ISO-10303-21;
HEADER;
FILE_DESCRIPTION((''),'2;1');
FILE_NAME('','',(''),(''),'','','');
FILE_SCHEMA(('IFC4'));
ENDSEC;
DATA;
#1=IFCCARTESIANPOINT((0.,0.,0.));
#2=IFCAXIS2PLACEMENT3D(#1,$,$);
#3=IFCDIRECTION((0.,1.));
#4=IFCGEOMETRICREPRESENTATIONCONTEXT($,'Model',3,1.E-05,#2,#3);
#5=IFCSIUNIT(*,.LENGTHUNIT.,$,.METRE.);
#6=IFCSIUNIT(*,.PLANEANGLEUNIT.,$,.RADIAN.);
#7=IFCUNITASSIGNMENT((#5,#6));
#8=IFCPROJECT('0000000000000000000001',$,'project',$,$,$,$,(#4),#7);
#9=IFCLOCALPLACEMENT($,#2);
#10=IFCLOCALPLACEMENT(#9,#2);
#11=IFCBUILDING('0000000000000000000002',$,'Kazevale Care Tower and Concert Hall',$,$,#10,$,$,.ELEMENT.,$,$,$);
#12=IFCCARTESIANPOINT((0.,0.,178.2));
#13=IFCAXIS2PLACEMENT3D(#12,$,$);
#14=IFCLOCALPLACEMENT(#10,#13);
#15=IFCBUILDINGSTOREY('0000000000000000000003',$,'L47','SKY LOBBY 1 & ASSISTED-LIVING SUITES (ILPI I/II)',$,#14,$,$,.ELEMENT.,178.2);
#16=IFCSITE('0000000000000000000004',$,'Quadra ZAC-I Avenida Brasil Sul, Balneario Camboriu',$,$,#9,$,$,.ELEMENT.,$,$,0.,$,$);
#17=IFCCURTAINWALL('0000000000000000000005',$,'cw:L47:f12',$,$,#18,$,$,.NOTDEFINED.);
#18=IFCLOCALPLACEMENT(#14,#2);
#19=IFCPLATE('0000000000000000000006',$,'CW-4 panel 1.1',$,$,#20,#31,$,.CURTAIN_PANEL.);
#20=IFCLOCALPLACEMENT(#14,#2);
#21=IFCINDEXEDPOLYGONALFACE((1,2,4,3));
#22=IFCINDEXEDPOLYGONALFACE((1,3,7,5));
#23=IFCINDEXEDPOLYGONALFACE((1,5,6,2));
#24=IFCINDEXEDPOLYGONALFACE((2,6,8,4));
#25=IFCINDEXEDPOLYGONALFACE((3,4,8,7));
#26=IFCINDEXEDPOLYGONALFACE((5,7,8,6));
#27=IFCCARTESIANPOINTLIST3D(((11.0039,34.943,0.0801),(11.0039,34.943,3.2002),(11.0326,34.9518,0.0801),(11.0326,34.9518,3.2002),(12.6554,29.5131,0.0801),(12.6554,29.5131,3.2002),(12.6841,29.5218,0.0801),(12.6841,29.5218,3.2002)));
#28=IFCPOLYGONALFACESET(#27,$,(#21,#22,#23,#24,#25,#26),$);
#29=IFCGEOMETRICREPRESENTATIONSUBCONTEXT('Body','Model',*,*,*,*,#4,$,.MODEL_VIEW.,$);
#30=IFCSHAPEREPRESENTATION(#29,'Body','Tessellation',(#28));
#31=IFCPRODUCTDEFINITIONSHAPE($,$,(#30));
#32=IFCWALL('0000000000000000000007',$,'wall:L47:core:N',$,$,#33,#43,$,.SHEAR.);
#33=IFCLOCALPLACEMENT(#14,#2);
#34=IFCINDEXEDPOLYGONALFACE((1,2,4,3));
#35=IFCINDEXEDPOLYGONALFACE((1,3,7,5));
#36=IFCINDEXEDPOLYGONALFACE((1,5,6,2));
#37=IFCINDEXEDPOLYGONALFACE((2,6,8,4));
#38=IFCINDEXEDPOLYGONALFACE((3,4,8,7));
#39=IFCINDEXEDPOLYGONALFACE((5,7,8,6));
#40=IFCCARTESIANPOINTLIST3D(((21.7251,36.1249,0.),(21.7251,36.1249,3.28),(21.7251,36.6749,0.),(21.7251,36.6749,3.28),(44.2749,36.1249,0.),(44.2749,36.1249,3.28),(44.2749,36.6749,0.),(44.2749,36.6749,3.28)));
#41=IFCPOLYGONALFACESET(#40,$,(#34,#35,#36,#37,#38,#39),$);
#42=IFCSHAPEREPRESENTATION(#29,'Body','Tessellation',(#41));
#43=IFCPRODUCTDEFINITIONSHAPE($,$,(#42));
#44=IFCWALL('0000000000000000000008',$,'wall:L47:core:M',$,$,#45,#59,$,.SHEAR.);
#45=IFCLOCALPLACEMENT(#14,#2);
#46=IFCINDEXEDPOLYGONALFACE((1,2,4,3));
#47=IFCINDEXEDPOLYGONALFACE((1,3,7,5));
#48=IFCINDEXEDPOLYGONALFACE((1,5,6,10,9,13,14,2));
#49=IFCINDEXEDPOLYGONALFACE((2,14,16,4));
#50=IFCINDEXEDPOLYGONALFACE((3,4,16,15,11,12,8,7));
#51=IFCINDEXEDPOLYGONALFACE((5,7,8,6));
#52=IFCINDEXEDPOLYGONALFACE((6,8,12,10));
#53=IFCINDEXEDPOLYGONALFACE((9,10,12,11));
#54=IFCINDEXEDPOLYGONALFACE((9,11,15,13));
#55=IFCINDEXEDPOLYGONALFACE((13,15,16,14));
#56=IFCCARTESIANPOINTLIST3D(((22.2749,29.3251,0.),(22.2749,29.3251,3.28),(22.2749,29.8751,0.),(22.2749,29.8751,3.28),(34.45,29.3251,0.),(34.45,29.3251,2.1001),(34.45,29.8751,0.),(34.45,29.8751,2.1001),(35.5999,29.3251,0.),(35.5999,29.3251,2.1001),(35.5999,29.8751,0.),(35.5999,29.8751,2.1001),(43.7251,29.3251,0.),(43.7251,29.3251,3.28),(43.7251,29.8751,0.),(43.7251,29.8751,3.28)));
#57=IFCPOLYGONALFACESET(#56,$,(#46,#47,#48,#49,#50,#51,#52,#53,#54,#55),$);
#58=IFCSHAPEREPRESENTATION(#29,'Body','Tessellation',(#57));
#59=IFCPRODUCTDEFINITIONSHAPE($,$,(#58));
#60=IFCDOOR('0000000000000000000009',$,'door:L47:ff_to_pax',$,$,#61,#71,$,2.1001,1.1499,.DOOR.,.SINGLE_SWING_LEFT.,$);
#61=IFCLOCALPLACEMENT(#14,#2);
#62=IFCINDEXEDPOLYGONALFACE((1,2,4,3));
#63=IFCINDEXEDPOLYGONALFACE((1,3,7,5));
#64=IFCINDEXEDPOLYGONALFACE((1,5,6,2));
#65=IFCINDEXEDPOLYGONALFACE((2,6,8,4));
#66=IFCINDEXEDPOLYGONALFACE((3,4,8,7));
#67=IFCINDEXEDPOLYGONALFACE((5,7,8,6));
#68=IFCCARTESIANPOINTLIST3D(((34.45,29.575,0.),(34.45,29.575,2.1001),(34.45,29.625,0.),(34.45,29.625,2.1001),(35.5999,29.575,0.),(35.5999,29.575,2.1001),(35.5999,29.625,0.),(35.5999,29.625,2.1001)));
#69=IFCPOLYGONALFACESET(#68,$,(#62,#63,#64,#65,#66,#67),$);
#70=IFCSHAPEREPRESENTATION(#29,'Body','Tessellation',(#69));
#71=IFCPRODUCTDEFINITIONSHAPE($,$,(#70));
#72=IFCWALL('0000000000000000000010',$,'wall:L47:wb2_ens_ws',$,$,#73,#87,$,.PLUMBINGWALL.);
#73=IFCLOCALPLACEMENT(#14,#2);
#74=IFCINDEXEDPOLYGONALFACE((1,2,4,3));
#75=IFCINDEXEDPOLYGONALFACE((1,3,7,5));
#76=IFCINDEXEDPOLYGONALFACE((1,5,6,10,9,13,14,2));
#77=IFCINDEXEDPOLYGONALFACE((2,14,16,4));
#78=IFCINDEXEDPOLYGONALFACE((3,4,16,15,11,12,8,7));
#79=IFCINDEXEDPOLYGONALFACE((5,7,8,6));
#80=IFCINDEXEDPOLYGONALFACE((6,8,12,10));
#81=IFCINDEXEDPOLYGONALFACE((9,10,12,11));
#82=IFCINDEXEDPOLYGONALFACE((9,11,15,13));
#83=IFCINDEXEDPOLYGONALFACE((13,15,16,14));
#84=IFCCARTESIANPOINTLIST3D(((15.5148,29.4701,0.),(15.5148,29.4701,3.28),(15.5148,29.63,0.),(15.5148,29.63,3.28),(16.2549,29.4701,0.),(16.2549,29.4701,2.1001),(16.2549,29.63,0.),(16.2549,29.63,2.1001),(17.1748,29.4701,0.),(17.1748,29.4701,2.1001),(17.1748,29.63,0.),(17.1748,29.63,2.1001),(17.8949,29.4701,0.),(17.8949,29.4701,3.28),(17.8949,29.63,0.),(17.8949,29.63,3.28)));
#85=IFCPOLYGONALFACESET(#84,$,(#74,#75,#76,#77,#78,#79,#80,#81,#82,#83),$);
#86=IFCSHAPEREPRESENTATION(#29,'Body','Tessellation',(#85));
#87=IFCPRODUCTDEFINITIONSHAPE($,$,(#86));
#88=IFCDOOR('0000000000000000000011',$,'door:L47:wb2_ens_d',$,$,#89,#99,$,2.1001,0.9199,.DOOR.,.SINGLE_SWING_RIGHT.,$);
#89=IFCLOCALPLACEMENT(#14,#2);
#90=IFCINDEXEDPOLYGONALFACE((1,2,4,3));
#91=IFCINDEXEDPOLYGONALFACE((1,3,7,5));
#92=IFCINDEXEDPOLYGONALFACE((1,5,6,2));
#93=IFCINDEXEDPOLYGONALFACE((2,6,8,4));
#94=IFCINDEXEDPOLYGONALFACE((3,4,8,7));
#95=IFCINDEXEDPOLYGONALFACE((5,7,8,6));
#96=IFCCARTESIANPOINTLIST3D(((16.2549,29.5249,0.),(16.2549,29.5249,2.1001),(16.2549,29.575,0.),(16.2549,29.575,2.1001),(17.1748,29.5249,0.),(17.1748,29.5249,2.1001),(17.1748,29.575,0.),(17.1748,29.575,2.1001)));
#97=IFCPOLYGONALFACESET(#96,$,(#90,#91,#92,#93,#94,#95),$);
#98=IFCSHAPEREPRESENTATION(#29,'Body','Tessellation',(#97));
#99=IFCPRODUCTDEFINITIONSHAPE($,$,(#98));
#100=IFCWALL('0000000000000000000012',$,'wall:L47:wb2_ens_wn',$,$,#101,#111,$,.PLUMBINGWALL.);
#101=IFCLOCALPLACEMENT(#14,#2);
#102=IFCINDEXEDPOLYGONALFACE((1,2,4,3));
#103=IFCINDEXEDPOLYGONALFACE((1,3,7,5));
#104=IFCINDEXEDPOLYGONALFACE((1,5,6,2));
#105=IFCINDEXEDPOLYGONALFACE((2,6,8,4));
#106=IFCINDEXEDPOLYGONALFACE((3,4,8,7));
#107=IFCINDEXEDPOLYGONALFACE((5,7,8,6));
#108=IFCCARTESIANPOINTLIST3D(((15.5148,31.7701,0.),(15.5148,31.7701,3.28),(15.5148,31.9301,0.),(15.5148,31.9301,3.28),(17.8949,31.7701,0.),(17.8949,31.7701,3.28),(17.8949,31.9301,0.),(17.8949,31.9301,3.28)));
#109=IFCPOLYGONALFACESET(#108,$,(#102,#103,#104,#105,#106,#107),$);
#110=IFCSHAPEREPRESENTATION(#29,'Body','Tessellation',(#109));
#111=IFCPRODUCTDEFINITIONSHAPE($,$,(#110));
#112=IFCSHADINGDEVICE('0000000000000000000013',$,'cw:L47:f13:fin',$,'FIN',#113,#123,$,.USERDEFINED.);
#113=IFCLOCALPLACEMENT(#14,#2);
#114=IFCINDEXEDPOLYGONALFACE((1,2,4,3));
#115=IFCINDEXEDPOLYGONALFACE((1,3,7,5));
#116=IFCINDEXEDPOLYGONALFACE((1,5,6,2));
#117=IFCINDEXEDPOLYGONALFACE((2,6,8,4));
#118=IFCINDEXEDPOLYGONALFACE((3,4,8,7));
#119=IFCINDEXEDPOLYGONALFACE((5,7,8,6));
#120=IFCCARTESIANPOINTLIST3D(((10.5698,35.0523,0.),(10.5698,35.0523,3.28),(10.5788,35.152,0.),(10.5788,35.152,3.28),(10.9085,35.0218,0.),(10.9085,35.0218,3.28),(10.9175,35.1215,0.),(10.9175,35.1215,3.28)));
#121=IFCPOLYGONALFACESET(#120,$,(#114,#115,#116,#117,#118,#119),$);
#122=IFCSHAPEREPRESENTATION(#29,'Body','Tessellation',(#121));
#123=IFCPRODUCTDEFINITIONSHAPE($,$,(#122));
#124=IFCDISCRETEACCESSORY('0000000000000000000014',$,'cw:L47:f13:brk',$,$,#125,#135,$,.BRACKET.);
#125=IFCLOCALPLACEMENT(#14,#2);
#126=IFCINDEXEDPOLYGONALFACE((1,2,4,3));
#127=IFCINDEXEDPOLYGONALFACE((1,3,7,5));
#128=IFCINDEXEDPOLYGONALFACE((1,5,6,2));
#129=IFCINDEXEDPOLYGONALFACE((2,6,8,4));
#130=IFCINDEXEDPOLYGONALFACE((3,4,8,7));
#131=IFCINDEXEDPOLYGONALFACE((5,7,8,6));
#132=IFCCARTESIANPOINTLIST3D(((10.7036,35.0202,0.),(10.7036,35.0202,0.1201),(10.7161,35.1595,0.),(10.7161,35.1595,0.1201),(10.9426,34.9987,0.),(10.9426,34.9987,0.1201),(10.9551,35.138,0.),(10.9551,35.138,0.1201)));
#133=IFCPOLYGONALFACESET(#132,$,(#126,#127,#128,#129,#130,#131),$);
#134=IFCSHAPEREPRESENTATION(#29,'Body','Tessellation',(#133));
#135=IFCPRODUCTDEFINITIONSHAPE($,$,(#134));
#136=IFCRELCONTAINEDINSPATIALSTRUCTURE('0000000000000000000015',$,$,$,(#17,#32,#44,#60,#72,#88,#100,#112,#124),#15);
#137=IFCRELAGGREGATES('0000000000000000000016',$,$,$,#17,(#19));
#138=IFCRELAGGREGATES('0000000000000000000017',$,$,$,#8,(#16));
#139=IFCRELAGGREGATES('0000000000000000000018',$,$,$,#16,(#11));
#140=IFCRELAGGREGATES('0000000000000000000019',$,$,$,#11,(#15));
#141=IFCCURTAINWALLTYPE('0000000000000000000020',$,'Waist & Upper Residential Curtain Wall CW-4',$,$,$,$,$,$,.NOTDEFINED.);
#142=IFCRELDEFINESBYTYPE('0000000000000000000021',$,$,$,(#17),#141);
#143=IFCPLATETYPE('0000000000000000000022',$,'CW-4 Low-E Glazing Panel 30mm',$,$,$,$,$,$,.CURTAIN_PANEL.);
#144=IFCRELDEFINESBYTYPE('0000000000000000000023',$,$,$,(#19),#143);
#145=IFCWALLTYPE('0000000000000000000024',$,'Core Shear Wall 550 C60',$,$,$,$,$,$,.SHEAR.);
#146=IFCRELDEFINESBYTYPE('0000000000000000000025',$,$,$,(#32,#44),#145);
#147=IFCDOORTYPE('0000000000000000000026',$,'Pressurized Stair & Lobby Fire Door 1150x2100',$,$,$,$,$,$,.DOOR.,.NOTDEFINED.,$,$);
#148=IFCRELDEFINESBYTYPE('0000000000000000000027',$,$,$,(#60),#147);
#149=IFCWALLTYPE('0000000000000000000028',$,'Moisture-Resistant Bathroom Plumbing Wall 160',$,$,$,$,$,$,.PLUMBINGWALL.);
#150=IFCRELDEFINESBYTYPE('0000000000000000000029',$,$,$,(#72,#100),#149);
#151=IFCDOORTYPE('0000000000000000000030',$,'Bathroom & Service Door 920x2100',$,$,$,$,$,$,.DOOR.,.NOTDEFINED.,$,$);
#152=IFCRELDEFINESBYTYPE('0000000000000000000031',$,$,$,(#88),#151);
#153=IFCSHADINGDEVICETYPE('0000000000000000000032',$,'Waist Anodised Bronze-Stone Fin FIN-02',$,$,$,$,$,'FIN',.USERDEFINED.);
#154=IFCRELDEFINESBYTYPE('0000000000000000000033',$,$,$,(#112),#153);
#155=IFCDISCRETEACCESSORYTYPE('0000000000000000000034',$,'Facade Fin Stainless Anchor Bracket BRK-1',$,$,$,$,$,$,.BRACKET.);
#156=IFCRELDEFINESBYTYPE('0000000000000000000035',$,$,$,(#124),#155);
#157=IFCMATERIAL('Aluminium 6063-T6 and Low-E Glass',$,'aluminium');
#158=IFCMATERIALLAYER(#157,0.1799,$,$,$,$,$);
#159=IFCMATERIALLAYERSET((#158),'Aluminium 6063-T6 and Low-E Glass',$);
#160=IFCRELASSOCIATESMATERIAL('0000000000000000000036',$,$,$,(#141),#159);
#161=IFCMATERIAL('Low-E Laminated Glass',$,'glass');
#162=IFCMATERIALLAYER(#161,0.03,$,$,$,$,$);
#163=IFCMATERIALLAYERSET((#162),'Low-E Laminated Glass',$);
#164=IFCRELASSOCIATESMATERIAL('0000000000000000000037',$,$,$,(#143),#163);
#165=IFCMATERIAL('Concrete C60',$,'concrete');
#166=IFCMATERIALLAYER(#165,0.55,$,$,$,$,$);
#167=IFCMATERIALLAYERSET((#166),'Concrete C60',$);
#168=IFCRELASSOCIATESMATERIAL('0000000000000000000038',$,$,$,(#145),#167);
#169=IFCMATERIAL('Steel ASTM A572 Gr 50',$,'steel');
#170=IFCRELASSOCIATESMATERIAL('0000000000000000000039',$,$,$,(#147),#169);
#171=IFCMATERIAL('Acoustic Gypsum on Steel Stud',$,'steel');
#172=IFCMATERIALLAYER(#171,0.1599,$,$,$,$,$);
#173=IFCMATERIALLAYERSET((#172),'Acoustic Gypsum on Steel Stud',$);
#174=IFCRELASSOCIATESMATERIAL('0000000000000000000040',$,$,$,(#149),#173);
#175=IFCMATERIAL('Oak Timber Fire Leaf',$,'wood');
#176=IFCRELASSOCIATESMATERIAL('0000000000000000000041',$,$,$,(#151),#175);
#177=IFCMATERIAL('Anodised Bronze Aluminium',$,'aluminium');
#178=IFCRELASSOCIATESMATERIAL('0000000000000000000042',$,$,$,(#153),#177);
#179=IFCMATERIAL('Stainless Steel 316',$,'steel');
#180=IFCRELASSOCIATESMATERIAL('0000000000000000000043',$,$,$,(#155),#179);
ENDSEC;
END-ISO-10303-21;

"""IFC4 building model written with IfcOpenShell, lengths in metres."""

from ifc_helpers import new_model, si_unit, direction, frame, frame_2d, origin, origin_2d, place, context, subcontext, project, spatial, rectangle, extrude, material, layer, layer_set, type_object, element, fill, aggregate, save


model = new_model("IFC4")

# Units and contexts
model_context = context("Model", 3, precision=1e-05, world=origin(), true_north=direction((0.0, 1.0)))
body_context = subcontext(model_context, "Body", "Model", "MODEL_VIEW")
ifc_project = project(units=[si_unit("LENGTHUNIT", "METRE"), si_unit("PLANEANGLEUNIT", "RADIAN")], contexts=[model_context])

# Site, building, storey
site_placement = place(None, origin())
site = spatial("IfcSite", under=ifc_project, at=site_placement, Name="Quadra ZAC-I Avenida Brasil Sul, Balneario Camboriu", CompositionType="ELEMENT", RefElevation=0.0)
building_placement = place(site_placement, origin())
building = spatial("IfcBuilding", under=site, at=building_placement, Name="Kazevale Care Tower and Concert Hall", CompositionType="ELEMENT")
storey_placement = place(building_placement, frame((0.0, 0.0, 178.2)))
storey = spatial("IfcBuildingStorey", under=building, at=storey_placement, Name="L47", Description="SKY LOBBY 1 & ASSISTED-LIVING SUITES (ILPI I/II)", CompositionType="ELEMENT", Elevation=178.2)

# Shared definitions
ifc_material_1 = material(Name="Concrete C60", Category="concrete")

# Curtain wall
ifc_material_2 = material(Name="Aluminium 6063-T6 and Low-E Glass", Category="aluminium")
ifc_layer_1 = layer(ifc_material_2, 0.1799)
ifc_layer_set_1 = layer_set([ifc_layer_1], Name="Aluminium 6063-T6 and Low-E Glass")
curtain_wall_type = type_object("IfcCurtainWallType", Name="Waist & Upper Residential Curtain Wall CW-4", PredefinedType="NOTDEFINED", material=ifc_layer_set_1)
curtain_wall_1_placement = place(storey_placement, origin())
curtain_wall_1 = element("IfcCurtainWall", 1, at=curtain_wall_1_placement, inside=storey, type_object=curtain_wall_type, Name="cw:L47:f12", PredefinedType="NOTDEFINED")

# Shared definitions
ifc_material_3 = material(Name="Steel ASTM A572 Gr 50", Category="steel")

# Plate
ifc_material_4 = material(Name="Low-E Laminated Glass", Category="glass")
ifc_layer_2 = layer(ifc_material_4, 0.03)
ifc_layer_set_2 = layer_set([ifc_layer_2], Name="Low-E Laminated Glass")
plate_type = type_object("IfcPlateType", Name="CW-4 Low-E Glazing Panel 30mm", PredefinedType="CURTAIN_PANEL", material=ifc_layer_set_2)
plate_placement = place(storey_placement, frame((11.844, 32.2324, 0.0801), z_axis=(0.0, 0.0, 1.0), x_axis=(-0.290977, 0.95673, 0.0)))
plate = element("IfcPlate", 2, at=plate_placement, type_object=plate_type, Name="CW-4 panel 1.1", PredefinedType="CURTAIN_PANEL", context=body_context, shape_type="SweptSolid", body=[
    extrude(rectangle(XDim=5.6755, YDim=0.03, at=origin_2d()), origin(), (0.0, 0.0, 1.0), 3.1201),
])
aggregate(curtain_wall_1, [plate])

# Wall
ifc_layer_3 = layer(ifc_material_1, 0.55)
ifc_layer_set_3 = layer_set([ifc_layer_3], Name="Concrete C60")
wall_type_1 = type_object("IfcWallType", Name="Core Shear Wall 550 C60", PredefinedType="SHEAR", material=ifc_layer_set_3)
wall_1_placement = place(storey_placement, frame((21.7251, 36.3999, 0.0), z_axis=(0.0, 0.0, 1.0), x_axis=(1.0, 0.0, 0.0)))
element("IfcWall", 3, at=wall_1_placement, inside=storey, type_object=wall_type_1, Name="wall:L47:core:N", PredefinedType="SHEAR", context=body_context, shape_type="SweptSolid", body=[
    extrude(rectangle(XDim=22.5498, YDim=0.55, at=frame_2d((11.2749, 0.0))), origin(), (0.0, 0.0, 1.0), 3.28),
])

# Walls, openings, doors
wall_2_placement = place(storey_placement, frame((22.2749, 29.6001, 0.0), z_axis=(0.0, 0.0, 1.0), x_axis=(1.0, 0.0, 0.0)))
wall_2 = element("IfcWall", 4, at=wall_2_placement, inside=storey, type_object=wall_type_1, Name="wall:L47:core:M", PredefinedType="SHEAR", context=body_context, shape_type="SweptSolid", body=[
    extrude(rectangle(XDim=21.4502, YDim=0.55, at=frame_2d((10.7251, 0.0))), origin(), (0.0, 0.0, 1.0), 3.28),
])
opening_1_placement = place(wall_2_placement, frame((12.175, 0.0, 0.0)))
opening_1 = element("IfcOpeningElement", 5, at=opening_1_placement, cuts=wall_2, PredefinedType="OPENING", context=body_context, shape_type="SweptSolid", body=[
    extrude(rectangle(XDim=1.1499, YDim=2.1001, at=frame_2d((0.575, 1.05))), frame((0.0, 0.2849, 0.0), z_axis=(0.0, -1.0, 0.0), x_axis=(1.0, 0.0, 0.0)), (0.0, 0.0, 1.0), 0.5701),
])
door_type_1 = type_object("IfcDoorType", Name="Pressurized Stair & Lobby Fire Door 1150x2100", OperationType="NOTDEFINED", PredefinedType="DOOR", material=ifc_material_3)
door_1_placement = place(opening_1_placement, origin())
door_1 = element("IfcDoor", 6, at=door_1_placement, inside=storey, type_object=door_type_1, Name="door:L47:ff_to_pax", OperationType="SINGLE_SWING_LEFT", OverallHeight=2.1001, OverallWidth=1.1499, PredefinedType="DOOR", context=body_context, shape_type="SweptSolid", body=[
    extrude(rectangle(XDim=1.1499, YDim=2.1001, at=frame_2d((0.575, 1.05))), frame((0.0, 0.0249, 0.0), z_axis=(0.0, -1.0, 0.0), x_axis=(1.0, 0.0, 0.0)), (0.0, 0.0, 1.0), 0.05),
])
fill(opening_1, door_1)
ifc_material_5 = material(Name="Acoustic Gypsum on Steel Stud", Category="steel")
ifc_layer_4 = layer(ifc_material_5, 0.1599)
ifc_layer_set_4 = layer_set([ifc_layer_4], Name="Acoustic Gypsum on Steel Stud")
wall_type_2 = type_object("IfcWallType", Name="Moisture-Resistant Bathroom Plumbing Wall 160", PredefinedType="PLUMBINGWALL", material=ifc_layer_set_4)
wall_3_placement = place(storey_placement, frame((15.5149, 29.55, 0.0), z_axis=(0.0, 0.0, 1.0), x_axis=(1.0, 0.0, 0.0)))
wall_3 = element("IfcWall", 7, at=wall_3_placement, inside=storey, type_object=wall_type_2, Name="wall:L47:wb2_ens_ws", PredefinedType="PLUMBINGWALL", context=body_context, shape_type="SweptSolid", body=[
    extrude(rectangle(XDim=2.3801, YDim=0.1599, at=frame_2d((1.1899, 0.0))), origin(), (0.0, 0.0, 1.0), 3.28),
])
opening_2_placement = place(wall_3_placement, frame((0.74, 0.0, 0.0)))
opening_2 = element("IfcOpeningElement", 8, at=opening_2_placement, cuts=wall_3, PredefinedType="OPENING", context=body_context, shape_type="SweptSolid", body=[
    extrude(rectangle(XDim=0.9199, YDim=2.1001, at=frame_2d((0.46, 1.05))), frame((0.0, 0.0898, 0.0), z_axis=(0.0, -1.0, 0.0), x_axis=(1.0, 0.0, 0.0)), (0.0, 0.0, 1.0), 0.1799),
])
ifc_material_6 = material(Name="Oak Timber Fire Leaf", Category="wood")
door_type_2 = type_object("IfcDoorType", Name="Bathroom & Service Door 920x2100", OperationType="NOTDEFINED", PredefinedType="DOOR", material=ifc_material_6)
door_2_placement = place(opening_2_placement, origin())
door_2 = element("IfcDoor", 9, at=door_2_placement, inside=storey, type_object=door_type_2, Name="door:L47:wb2_ens_d", OperationType="SINGLE_SWING_RIGHT", OverallHeight=2.1001, OverallWidth=0.9199, PredefinedType="DOOR", context=body_context, shape_type="SweptSolid", body=[
    extrude(rectangle(XDim=0.9199, YDim=2.1001, at=frame_2d((0.46, 1.05))), frame((0.0, 0.0249, 0.0), z_axis=(0.0, -1.0, 0.0), x_axis=(1.0, 0.0, 0.0)), (0.0, 0.0, 1.0), 0.05),
])
fill(opening_2, door_2)

# Wall
wall_4_placement = place(storey_placement, frame((15.5149, 31.8501, 0.0), z_axis=(0.0, 0.0, 1.0), x_axis=(1.0, 0.0, 0.0)))
element("IfcWall", 10, at=wall_4_placement, inside=storey, type_object=wall_type_2, Name="wall:L47:wb2_ens_wn", PredefinedType="PLUMBINGWALL", context=body_context, shape_type="SweptSolid", body=[
    extrude(rectangle(XDim=2.3801, YDim=0.1599, at=frame_2d((1.1899, 0.0))), origin(), (0.0, 0.0, 1.0), 3.28),
])

# Shading device
ifc_material_7 = material(Name="Anodised Bronze Aluminium", Category="aluminium")
shading_device_type = type_object("IfcShadingDeviceType", Name="Waist Anodised Bronze-Stone Fin FIN-02", ElementType="FIN", PredefinedType="USERDEFINED", material=ifc_material_7)
shading_device_placement = place(storey_placement, frame((10.7437, 35.0869, 0.0), z_axis=(0.0, 0.0, 1.0), x_axis=(-0.995963, 0.089763, 0.0)))
element("IfcShadingDevice", 11, at=shading_device_placement, inside=storey, type_object=shading_device_type, Name="cw:L47:f13:fin", ObjectType="FIN", PredefinedType="USERDEFINED", context=body_context, shape_type="SweptSolid", body=[
    extrude(rectangle(XDim=0.3401, YDim=0.1001, at=origin_2d()), origin(), (0.0, 0.0, 1.0), 3.28),
])

# Discrete accessory
ifc_material_8 = material(Name="Stainless Steel 316", Category="steel")
discrete_accessory_type = type_object("IfcDiscreteAccessoryType", Name="Facade Fin Stainless Anchor Bracket BRK-1", PredefinedType="BRACKET", material=ifc_material_8)
discrete_accessory_placement = place(storey_placement, frame((10.8293, 35.0791, 0.0), z_axis=(0.0, 0.0, 1.0), x_axis=(-0.995963, 0.089763, 0.0)))
element("IfcDiscreteAccessory", 12, at=discrete_accessory_placement, inside=storey, type_object=discrete_accessory_type, Name="cw:L47:f13:brk", PredefinedType="BRACKET", context=body_context, shape_type="SweptSolid", body=[
    extrude(rectangle(XDim=0.24, YDim=0.1399, at=origin_2d()), origin(), (0.0, 0.0, 1.0), 0.1201),
])

save(model, "model.ifc")
